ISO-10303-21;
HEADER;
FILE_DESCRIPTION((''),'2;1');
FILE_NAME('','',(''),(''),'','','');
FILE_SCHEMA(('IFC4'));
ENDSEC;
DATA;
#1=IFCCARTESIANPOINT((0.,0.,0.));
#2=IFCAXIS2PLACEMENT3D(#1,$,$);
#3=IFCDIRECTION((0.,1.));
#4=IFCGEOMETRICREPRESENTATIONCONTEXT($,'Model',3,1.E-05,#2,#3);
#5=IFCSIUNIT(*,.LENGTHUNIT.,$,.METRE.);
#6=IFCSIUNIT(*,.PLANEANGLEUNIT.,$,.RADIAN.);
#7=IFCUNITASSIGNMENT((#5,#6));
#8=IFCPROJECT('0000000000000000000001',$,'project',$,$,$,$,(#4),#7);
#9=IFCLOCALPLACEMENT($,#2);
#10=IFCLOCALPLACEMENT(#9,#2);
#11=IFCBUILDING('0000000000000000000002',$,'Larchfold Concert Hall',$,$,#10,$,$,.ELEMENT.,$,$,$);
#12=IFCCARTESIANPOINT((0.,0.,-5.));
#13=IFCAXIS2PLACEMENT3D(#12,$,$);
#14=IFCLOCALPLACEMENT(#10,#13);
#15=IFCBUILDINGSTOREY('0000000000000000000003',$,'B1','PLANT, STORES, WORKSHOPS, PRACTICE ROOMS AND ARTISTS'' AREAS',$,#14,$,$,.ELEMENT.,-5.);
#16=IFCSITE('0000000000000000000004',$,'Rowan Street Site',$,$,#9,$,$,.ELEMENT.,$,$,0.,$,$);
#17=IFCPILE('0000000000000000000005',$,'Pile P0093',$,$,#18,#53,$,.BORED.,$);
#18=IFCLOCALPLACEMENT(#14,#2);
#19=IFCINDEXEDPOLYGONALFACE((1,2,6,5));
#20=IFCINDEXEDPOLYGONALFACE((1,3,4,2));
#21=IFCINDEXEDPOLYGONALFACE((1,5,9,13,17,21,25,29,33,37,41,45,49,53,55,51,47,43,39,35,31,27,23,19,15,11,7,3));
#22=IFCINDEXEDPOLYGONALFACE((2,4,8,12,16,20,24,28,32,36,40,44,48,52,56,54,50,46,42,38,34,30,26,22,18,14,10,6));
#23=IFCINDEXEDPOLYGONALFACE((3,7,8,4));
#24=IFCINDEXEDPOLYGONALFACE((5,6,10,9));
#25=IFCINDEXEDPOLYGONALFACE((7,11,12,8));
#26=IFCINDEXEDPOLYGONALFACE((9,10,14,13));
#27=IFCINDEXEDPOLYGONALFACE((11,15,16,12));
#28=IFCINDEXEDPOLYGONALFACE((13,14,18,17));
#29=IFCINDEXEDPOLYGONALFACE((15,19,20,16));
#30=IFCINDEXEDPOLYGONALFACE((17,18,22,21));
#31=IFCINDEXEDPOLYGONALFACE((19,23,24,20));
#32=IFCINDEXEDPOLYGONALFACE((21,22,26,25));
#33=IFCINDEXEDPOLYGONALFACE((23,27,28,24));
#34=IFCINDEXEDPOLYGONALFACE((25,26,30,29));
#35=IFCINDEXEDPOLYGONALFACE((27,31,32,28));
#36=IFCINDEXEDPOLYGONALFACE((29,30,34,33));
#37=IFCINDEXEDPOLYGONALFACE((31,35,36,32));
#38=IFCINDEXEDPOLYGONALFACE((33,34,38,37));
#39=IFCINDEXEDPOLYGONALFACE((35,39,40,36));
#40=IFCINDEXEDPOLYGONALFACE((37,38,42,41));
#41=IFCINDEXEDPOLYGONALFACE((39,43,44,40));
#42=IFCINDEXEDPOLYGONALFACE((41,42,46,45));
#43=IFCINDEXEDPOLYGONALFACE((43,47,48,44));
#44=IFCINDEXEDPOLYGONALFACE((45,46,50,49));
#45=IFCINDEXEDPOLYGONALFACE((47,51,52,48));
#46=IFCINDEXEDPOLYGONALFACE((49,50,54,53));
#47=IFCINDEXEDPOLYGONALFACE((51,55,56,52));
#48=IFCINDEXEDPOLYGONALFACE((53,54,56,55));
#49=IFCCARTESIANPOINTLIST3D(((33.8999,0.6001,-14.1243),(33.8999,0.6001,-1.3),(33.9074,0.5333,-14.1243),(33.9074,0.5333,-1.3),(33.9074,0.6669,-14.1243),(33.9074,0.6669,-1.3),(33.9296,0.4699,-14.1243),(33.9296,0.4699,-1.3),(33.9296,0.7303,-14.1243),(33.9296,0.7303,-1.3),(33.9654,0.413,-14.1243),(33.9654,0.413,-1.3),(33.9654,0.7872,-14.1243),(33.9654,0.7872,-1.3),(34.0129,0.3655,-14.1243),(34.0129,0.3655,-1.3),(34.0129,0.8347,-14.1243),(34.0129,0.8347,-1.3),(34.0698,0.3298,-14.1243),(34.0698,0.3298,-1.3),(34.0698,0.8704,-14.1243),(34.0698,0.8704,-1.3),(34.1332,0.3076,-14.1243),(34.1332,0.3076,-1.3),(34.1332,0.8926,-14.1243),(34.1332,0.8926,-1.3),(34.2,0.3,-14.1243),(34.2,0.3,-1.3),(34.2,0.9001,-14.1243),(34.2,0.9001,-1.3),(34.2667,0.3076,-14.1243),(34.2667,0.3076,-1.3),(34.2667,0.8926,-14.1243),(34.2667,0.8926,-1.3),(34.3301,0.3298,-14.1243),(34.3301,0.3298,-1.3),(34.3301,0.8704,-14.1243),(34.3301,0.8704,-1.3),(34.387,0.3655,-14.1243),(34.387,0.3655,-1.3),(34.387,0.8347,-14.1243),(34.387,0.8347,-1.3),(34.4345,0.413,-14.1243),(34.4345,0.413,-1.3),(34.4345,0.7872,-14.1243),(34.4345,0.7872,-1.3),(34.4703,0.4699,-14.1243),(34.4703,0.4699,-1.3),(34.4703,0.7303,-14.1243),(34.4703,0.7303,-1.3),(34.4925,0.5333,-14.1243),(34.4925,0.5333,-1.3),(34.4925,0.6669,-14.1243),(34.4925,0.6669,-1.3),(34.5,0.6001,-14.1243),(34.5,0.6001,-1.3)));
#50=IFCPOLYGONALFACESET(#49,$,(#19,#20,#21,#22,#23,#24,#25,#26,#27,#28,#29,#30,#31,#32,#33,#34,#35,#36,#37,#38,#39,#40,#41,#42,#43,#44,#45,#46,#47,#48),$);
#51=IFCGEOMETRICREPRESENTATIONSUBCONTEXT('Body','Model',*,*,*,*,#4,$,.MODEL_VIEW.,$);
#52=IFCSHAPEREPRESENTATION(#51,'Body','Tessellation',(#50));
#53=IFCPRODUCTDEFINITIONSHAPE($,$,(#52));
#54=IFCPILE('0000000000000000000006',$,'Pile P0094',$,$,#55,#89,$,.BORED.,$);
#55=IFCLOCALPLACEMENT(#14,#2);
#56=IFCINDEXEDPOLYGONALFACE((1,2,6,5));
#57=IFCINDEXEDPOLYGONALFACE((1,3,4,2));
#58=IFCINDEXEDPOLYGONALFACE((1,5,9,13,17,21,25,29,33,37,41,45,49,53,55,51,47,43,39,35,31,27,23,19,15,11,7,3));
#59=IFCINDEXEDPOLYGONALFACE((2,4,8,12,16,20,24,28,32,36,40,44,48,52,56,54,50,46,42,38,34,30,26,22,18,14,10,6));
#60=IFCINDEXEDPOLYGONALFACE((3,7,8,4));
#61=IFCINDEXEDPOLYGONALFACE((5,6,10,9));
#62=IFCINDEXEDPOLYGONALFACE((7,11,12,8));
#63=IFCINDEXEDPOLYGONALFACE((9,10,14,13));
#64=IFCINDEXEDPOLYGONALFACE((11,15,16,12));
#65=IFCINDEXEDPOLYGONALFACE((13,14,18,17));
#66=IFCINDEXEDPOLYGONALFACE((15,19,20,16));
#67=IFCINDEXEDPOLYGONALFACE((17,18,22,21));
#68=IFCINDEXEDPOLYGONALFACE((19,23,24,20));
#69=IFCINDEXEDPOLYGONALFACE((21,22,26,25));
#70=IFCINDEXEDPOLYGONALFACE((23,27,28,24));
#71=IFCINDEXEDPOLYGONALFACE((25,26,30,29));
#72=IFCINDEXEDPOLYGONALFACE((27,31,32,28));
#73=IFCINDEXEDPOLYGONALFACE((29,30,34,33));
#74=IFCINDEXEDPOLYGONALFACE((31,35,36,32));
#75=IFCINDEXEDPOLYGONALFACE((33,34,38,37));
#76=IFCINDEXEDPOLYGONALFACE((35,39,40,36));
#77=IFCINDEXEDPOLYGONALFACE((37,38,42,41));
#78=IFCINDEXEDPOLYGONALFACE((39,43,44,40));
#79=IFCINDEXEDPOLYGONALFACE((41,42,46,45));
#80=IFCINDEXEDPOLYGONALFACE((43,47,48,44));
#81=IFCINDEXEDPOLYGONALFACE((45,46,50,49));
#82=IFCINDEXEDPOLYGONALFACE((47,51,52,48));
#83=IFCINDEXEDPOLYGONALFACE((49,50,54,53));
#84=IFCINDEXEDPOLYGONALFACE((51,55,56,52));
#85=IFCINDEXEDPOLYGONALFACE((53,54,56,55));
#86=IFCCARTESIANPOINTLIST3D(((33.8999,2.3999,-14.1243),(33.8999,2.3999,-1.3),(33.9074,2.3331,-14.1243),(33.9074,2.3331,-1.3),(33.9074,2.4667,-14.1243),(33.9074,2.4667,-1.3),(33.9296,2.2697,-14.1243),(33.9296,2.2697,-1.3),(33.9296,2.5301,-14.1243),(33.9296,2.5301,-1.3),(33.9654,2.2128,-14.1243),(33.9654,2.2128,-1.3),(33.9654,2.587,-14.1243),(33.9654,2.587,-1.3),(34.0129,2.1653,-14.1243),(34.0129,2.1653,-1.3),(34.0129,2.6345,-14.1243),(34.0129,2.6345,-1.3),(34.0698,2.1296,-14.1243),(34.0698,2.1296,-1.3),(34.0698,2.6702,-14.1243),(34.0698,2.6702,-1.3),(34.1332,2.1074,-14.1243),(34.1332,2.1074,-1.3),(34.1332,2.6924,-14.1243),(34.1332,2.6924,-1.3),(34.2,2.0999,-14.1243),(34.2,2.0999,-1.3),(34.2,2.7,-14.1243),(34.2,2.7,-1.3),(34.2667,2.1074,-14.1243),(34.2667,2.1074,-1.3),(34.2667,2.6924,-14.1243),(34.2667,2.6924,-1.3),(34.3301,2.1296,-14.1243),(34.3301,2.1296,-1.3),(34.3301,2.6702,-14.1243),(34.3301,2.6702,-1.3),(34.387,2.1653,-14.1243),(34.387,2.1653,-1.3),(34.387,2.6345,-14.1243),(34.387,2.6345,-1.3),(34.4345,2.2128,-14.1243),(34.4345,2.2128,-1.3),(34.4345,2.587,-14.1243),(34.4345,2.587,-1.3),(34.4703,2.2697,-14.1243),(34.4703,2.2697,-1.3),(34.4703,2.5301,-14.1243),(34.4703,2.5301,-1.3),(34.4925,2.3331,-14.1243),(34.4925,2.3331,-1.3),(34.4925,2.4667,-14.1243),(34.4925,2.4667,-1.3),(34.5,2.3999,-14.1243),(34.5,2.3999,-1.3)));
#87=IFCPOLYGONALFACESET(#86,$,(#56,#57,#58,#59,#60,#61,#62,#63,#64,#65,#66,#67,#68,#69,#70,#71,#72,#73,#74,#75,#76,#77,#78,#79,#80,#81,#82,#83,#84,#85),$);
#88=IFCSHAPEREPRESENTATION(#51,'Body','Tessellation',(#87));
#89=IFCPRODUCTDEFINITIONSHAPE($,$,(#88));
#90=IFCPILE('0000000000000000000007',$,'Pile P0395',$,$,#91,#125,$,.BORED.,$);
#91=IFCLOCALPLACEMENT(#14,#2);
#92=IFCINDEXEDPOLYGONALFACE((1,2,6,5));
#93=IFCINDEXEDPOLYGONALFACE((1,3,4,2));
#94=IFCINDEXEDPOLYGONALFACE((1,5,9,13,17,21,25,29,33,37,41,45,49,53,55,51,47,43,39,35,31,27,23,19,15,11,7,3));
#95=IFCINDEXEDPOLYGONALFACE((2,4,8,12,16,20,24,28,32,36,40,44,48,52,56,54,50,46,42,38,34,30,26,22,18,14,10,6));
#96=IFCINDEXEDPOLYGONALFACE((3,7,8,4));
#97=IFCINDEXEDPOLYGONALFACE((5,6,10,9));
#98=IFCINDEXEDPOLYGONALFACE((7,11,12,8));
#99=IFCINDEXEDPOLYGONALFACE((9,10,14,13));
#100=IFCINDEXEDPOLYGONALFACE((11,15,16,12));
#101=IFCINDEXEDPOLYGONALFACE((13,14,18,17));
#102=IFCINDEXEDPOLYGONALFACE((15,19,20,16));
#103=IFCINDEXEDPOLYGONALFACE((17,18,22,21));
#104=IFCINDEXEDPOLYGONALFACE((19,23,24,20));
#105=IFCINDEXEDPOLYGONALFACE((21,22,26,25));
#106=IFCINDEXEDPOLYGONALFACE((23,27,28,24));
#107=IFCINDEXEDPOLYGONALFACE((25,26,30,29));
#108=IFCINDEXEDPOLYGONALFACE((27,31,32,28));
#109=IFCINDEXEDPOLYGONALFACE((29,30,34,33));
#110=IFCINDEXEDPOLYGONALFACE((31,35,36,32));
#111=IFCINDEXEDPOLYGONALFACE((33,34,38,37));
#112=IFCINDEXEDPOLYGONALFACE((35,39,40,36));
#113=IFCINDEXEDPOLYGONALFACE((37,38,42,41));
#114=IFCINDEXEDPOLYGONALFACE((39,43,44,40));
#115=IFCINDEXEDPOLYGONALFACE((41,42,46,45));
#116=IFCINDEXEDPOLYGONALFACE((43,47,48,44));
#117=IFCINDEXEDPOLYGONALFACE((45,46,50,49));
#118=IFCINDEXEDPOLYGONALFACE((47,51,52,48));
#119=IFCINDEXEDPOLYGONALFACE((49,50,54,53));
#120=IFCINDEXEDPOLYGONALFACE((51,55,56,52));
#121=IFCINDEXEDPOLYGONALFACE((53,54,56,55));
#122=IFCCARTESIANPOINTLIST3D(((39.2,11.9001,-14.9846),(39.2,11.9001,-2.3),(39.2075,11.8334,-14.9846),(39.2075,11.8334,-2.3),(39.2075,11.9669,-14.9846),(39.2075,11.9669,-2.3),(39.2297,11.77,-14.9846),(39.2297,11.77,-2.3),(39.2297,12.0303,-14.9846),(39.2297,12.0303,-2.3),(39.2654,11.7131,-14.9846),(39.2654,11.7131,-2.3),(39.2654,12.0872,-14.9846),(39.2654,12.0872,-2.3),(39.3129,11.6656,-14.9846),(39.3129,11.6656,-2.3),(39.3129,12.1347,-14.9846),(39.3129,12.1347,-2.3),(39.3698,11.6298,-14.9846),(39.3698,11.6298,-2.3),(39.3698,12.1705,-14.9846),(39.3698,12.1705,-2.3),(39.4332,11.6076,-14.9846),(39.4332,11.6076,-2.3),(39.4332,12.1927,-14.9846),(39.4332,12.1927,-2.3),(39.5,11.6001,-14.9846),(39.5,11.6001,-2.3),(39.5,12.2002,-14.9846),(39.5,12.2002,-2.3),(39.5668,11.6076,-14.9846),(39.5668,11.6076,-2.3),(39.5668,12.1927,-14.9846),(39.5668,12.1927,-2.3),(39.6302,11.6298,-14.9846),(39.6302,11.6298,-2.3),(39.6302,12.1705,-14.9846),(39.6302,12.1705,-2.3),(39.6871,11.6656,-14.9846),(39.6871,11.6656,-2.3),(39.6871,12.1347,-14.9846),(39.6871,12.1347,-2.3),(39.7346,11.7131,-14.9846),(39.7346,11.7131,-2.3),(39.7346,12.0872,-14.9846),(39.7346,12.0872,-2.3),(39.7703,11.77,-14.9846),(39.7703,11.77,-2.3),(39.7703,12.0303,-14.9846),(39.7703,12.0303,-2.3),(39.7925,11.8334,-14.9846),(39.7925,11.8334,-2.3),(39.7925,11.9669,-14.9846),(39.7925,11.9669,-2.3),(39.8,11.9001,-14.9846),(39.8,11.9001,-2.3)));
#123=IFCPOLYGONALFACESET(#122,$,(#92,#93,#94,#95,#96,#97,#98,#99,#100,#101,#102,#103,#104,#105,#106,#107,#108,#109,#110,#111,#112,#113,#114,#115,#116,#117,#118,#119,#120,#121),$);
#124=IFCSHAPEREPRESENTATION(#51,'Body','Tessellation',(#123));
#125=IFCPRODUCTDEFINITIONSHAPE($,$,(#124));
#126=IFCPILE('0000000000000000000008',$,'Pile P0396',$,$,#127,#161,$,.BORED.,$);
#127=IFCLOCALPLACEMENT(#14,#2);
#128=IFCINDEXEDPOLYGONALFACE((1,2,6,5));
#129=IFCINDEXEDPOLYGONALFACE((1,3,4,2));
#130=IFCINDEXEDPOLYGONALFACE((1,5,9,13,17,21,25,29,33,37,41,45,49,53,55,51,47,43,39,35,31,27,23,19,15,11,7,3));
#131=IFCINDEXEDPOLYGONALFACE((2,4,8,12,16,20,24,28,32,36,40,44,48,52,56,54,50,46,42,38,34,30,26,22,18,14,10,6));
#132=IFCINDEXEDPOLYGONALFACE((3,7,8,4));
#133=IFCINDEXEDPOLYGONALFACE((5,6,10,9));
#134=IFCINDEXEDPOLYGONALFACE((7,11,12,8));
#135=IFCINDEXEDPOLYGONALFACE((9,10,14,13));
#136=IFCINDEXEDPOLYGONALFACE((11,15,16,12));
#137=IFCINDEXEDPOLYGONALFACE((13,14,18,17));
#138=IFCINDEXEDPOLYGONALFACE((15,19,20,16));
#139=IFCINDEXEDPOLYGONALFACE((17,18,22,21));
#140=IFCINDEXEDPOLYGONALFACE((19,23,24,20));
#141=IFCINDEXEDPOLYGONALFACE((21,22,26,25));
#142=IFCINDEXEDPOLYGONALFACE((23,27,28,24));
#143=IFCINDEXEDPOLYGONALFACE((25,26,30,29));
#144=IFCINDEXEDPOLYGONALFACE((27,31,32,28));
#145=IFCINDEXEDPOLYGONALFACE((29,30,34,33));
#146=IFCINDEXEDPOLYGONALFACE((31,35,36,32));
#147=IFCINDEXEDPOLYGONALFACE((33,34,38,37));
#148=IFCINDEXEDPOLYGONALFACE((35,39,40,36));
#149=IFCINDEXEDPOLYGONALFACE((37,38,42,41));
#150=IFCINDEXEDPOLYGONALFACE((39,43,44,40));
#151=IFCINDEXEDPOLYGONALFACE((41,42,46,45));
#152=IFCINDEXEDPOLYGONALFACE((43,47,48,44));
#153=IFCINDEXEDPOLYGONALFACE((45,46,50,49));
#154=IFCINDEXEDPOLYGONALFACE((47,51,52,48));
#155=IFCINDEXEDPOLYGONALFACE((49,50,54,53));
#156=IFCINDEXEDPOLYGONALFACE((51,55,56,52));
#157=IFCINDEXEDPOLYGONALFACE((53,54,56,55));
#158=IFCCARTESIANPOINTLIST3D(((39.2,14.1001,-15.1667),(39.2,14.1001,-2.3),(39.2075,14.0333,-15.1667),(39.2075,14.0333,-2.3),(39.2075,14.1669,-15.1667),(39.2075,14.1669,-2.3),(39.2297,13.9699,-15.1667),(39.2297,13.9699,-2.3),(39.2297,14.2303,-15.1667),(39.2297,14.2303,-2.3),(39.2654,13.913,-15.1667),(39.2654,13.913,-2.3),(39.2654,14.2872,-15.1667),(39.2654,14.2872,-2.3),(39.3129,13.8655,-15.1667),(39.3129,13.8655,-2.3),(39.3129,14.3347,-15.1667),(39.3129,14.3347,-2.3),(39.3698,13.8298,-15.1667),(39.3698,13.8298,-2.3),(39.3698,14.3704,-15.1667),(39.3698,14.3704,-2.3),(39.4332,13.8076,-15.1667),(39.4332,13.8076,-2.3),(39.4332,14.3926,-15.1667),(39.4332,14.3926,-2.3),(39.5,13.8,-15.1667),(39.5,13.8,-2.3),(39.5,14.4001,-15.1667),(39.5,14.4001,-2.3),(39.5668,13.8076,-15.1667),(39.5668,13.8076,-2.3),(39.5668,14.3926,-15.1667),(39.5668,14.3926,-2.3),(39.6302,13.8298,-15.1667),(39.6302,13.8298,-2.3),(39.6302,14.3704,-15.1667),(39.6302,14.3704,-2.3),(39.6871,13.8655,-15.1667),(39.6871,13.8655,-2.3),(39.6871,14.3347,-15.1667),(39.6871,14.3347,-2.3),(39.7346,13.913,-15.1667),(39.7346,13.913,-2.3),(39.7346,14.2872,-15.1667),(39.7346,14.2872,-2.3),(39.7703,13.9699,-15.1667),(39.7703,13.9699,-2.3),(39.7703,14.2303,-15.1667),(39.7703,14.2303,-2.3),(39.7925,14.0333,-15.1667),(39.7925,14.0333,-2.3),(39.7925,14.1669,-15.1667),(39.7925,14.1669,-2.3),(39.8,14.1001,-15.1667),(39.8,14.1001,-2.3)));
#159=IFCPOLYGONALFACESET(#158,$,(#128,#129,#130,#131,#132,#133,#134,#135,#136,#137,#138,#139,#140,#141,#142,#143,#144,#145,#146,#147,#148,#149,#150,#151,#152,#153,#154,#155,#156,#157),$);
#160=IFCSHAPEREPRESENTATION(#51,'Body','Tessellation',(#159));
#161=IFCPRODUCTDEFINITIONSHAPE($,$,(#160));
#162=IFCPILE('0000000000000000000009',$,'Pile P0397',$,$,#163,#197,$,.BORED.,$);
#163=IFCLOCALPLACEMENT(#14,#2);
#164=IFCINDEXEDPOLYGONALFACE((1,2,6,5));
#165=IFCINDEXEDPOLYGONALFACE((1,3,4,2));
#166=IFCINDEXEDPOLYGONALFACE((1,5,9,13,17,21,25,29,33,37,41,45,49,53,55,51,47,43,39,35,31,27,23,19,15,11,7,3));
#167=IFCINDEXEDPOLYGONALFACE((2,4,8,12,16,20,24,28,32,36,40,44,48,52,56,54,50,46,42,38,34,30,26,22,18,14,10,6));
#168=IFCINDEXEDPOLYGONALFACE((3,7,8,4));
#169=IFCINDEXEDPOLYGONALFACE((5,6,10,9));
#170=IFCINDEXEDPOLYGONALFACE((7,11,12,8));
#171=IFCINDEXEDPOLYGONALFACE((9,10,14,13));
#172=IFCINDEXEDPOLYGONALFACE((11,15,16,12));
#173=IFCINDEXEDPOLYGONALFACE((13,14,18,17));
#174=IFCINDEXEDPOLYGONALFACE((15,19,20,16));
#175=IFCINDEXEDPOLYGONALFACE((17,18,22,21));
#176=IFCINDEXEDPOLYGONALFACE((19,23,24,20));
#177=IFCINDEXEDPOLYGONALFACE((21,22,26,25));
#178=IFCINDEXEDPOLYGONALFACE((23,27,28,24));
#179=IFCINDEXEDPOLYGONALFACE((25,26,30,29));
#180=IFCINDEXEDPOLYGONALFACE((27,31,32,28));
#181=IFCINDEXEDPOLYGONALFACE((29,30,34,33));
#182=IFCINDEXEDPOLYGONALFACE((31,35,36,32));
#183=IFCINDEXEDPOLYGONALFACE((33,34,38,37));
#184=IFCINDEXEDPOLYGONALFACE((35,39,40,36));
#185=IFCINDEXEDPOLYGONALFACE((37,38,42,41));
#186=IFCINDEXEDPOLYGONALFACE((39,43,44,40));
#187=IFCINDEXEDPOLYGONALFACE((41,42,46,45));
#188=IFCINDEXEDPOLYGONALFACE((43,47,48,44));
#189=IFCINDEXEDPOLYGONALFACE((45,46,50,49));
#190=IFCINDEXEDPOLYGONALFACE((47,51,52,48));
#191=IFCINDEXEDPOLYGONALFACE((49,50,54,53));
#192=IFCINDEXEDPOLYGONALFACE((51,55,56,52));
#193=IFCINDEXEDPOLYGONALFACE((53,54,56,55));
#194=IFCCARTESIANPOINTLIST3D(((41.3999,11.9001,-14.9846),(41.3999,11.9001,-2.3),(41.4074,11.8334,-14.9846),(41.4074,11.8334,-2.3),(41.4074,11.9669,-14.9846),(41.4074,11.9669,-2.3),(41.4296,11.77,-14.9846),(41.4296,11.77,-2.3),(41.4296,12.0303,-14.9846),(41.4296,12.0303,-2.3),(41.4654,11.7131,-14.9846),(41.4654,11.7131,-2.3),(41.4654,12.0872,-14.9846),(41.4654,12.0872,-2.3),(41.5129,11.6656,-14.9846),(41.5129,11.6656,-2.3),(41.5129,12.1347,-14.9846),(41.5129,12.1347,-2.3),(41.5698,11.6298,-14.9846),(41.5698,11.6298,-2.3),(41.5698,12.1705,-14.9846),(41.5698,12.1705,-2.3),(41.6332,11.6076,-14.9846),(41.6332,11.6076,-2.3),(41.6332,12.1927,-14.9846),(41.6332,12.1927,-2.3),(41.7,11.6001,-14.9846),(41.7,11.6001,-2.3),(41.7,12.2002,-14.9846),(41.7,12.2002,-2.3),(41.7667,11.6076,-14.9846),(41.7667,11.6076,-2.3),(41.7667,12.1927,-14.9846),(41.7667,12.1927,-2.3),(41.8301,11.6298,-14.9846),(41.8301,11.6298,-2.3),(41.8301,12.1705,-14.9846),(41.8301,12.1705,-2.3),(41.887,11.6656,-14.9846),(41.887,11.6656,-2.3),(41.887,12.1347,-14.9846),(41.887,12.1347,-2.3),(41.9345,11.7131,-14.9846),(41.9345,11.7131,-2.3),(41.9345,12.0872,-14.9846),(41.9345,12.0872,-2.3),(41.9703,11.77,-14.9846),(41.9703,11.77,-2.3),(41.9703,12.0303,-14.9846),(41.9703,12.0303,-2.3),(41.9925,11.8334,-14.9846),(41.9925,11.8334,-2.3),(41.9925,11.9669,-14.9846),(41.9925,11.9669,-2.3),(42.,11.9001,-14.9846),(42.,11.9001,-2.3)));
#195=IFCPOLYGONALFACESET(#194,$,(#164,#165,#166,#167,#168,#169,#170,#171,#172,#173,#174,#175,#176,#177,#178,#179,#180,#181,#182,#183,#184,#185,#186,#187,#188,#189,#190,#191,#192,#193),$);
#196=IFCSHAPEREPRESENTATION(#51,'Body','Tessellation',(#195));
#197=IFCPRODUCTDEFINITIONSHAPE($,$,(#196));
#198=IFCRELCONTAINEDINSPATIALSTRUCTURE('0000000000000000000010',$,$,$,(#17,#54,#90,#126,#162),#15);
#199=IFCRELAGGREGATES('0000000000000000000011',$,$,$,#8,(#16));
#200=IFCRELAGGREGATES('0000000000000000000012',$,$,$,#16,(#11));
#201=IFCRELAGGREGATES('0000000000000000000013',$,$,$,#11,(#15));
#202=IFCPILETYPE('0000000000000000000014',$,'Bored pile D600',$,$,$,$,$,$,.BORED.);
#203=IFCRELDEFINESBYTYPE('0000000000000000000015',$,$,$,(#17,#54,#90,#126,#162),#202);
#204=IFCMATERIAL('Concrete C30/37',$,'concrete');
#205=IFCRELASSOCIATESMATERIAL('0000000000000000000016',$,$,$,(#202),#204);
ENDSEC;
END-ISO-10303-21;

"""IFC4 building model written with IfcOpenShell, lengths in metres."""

from ifc_helpers import new_model, si_unit, direction, frame, origin, origin_2d, place, context, subcontext, project, spatial, circle, extrude, material, material_profile, profile_set, type_object, element, save


model = new_model("IFC4")

# Units and contexts
model_context = context("Model", 3, precision=1e-05, world=origin(), true_north=direction((0.0, 1.0)))
body_context = subcontext(model_context, "Body", "Model", "MODEL_VIEW")
ifc_project = project(units=[si_unit("LENGTHUNIT", "METRE"), si_unit("PLANEANGLEUNIT", "RADIAN")], contexts=[model_context])

# Site, building, storey
site_placement = place(None, origin())
site = spatial("IfcSite", under=ifc_project, at=site_placement, Name="Rowan Street Site", CompositionType="ELEMENT", RefElevation=0.0)
building_placement = place(site_placement, origin())
building = spatial("IfcBuilding", under=site, at=building_placement, Name="Larchfold Concert Hall", CompositionType="ELEMENT")
storey_placement = place(building_placement, frame((0.0, 0.0, -5.0)))
storey = spatial("IfcBuildingStorey", under=building, at=storey_placement, Name="B1", Description="PLANT, STORES, WORKSHOPS, PRACTICE ROOMS AND ARTISTS' AREAS", CompositionType="ELEMENT", Elevation=-5.0)

# Piles
ifc_material_1 = material(Name="Concrete C30/37", Category="concrete")
ifc_material_profile_1 = material_profile(ifc_material_1, circle(Radius=0.3, at=origin_2d()))
ifc_profile_set_1 = profile_set([ifc_material_profile_1], Name="Concrete C30/37")
pile_type = type_object("IfcPileType", Name="Bored pile D600", PredefinedType="BORED", material=ifc_profile_set_1)
for number, where, z_axis, x_axis, name in (
    (1, (34.2, 0.6001, -1.3), (0.0, 0.0, -1.0), (1.0, 0.0, 0.0), "Pile P0093"),
    (2, (34.2, 2.3999, -1.3), (0.0, 0.0, -1.0), (1.0, 0.0, 0.0), "Pile P0094"),
):
    element("IfcPile", number, at=place(storey_placement, frame(where, z_axis=z_axis, x_axis=x_axis)), inside=storey, type_object=pile_type, Name=name, PredefinedType="BORED", context=body_context, shape_type="SweptSolid", body=[
        extrude(circle(Radius=0.3, at=origin_2d()), origin(), (0.0, 0.0, 1.0), 12.8242),
    ])
pile_1_placement = place(storey_placement, frame((39.5, 11.9001, -2.3), z_axis=(0.0, 0.0, -1.0), x_axis=(1.0, 0.0, 0.0)))
element("IfcPile", 3, at=pile_1_placement, inside=storey, type_object=pile_type, Name="Pile P0395", PredefinedType="BORED", context=body_context, shape_type="SweptSolid", body=[
    extrude(circle(Radius=0.3, at=origin_2d()), origin(), (0.0, 0.0, 1.0), 12.6846),
])
pile_2_placement = place(storey_placement, frame((39.5, 14.1001, -2.3), z_axis=(0.0, 0.0, -1.0), x_axis=(1.0, 0.0, 0.0)))
element("IfcPile", 4, at=pile_2_placement, inside=storey, type_object=pile_type, Name="Pile P0396", PredefinedType="BORED", context=body_context, shape_type="SweptSolid", body=[
    extrude(circle(Radius=0.3, at=origin_2d()), origin(), (0.0, 0.0, 1.0), 12.8667),
])
pile_3_placement = place(storey_placement, frame((41.7, 11.9001, -2.3), z_axis=(0.0, 0.0, -1.0), x_axis=(1.0, 0.0, 0.0)))
element("IfcPile", 5, at=pile_3_placement, inside=storey, type_object=pile_type, Name="Pile P0397", PredefinedType="BORED", context=body_context, shape_type="SweptSolid", body=[
    extrude(circle(Radius=0.3, at=origin_2d()), origin(), (0.0, 0.0, 1.0), 12.6846),
])

save(model, "model.ifc")
